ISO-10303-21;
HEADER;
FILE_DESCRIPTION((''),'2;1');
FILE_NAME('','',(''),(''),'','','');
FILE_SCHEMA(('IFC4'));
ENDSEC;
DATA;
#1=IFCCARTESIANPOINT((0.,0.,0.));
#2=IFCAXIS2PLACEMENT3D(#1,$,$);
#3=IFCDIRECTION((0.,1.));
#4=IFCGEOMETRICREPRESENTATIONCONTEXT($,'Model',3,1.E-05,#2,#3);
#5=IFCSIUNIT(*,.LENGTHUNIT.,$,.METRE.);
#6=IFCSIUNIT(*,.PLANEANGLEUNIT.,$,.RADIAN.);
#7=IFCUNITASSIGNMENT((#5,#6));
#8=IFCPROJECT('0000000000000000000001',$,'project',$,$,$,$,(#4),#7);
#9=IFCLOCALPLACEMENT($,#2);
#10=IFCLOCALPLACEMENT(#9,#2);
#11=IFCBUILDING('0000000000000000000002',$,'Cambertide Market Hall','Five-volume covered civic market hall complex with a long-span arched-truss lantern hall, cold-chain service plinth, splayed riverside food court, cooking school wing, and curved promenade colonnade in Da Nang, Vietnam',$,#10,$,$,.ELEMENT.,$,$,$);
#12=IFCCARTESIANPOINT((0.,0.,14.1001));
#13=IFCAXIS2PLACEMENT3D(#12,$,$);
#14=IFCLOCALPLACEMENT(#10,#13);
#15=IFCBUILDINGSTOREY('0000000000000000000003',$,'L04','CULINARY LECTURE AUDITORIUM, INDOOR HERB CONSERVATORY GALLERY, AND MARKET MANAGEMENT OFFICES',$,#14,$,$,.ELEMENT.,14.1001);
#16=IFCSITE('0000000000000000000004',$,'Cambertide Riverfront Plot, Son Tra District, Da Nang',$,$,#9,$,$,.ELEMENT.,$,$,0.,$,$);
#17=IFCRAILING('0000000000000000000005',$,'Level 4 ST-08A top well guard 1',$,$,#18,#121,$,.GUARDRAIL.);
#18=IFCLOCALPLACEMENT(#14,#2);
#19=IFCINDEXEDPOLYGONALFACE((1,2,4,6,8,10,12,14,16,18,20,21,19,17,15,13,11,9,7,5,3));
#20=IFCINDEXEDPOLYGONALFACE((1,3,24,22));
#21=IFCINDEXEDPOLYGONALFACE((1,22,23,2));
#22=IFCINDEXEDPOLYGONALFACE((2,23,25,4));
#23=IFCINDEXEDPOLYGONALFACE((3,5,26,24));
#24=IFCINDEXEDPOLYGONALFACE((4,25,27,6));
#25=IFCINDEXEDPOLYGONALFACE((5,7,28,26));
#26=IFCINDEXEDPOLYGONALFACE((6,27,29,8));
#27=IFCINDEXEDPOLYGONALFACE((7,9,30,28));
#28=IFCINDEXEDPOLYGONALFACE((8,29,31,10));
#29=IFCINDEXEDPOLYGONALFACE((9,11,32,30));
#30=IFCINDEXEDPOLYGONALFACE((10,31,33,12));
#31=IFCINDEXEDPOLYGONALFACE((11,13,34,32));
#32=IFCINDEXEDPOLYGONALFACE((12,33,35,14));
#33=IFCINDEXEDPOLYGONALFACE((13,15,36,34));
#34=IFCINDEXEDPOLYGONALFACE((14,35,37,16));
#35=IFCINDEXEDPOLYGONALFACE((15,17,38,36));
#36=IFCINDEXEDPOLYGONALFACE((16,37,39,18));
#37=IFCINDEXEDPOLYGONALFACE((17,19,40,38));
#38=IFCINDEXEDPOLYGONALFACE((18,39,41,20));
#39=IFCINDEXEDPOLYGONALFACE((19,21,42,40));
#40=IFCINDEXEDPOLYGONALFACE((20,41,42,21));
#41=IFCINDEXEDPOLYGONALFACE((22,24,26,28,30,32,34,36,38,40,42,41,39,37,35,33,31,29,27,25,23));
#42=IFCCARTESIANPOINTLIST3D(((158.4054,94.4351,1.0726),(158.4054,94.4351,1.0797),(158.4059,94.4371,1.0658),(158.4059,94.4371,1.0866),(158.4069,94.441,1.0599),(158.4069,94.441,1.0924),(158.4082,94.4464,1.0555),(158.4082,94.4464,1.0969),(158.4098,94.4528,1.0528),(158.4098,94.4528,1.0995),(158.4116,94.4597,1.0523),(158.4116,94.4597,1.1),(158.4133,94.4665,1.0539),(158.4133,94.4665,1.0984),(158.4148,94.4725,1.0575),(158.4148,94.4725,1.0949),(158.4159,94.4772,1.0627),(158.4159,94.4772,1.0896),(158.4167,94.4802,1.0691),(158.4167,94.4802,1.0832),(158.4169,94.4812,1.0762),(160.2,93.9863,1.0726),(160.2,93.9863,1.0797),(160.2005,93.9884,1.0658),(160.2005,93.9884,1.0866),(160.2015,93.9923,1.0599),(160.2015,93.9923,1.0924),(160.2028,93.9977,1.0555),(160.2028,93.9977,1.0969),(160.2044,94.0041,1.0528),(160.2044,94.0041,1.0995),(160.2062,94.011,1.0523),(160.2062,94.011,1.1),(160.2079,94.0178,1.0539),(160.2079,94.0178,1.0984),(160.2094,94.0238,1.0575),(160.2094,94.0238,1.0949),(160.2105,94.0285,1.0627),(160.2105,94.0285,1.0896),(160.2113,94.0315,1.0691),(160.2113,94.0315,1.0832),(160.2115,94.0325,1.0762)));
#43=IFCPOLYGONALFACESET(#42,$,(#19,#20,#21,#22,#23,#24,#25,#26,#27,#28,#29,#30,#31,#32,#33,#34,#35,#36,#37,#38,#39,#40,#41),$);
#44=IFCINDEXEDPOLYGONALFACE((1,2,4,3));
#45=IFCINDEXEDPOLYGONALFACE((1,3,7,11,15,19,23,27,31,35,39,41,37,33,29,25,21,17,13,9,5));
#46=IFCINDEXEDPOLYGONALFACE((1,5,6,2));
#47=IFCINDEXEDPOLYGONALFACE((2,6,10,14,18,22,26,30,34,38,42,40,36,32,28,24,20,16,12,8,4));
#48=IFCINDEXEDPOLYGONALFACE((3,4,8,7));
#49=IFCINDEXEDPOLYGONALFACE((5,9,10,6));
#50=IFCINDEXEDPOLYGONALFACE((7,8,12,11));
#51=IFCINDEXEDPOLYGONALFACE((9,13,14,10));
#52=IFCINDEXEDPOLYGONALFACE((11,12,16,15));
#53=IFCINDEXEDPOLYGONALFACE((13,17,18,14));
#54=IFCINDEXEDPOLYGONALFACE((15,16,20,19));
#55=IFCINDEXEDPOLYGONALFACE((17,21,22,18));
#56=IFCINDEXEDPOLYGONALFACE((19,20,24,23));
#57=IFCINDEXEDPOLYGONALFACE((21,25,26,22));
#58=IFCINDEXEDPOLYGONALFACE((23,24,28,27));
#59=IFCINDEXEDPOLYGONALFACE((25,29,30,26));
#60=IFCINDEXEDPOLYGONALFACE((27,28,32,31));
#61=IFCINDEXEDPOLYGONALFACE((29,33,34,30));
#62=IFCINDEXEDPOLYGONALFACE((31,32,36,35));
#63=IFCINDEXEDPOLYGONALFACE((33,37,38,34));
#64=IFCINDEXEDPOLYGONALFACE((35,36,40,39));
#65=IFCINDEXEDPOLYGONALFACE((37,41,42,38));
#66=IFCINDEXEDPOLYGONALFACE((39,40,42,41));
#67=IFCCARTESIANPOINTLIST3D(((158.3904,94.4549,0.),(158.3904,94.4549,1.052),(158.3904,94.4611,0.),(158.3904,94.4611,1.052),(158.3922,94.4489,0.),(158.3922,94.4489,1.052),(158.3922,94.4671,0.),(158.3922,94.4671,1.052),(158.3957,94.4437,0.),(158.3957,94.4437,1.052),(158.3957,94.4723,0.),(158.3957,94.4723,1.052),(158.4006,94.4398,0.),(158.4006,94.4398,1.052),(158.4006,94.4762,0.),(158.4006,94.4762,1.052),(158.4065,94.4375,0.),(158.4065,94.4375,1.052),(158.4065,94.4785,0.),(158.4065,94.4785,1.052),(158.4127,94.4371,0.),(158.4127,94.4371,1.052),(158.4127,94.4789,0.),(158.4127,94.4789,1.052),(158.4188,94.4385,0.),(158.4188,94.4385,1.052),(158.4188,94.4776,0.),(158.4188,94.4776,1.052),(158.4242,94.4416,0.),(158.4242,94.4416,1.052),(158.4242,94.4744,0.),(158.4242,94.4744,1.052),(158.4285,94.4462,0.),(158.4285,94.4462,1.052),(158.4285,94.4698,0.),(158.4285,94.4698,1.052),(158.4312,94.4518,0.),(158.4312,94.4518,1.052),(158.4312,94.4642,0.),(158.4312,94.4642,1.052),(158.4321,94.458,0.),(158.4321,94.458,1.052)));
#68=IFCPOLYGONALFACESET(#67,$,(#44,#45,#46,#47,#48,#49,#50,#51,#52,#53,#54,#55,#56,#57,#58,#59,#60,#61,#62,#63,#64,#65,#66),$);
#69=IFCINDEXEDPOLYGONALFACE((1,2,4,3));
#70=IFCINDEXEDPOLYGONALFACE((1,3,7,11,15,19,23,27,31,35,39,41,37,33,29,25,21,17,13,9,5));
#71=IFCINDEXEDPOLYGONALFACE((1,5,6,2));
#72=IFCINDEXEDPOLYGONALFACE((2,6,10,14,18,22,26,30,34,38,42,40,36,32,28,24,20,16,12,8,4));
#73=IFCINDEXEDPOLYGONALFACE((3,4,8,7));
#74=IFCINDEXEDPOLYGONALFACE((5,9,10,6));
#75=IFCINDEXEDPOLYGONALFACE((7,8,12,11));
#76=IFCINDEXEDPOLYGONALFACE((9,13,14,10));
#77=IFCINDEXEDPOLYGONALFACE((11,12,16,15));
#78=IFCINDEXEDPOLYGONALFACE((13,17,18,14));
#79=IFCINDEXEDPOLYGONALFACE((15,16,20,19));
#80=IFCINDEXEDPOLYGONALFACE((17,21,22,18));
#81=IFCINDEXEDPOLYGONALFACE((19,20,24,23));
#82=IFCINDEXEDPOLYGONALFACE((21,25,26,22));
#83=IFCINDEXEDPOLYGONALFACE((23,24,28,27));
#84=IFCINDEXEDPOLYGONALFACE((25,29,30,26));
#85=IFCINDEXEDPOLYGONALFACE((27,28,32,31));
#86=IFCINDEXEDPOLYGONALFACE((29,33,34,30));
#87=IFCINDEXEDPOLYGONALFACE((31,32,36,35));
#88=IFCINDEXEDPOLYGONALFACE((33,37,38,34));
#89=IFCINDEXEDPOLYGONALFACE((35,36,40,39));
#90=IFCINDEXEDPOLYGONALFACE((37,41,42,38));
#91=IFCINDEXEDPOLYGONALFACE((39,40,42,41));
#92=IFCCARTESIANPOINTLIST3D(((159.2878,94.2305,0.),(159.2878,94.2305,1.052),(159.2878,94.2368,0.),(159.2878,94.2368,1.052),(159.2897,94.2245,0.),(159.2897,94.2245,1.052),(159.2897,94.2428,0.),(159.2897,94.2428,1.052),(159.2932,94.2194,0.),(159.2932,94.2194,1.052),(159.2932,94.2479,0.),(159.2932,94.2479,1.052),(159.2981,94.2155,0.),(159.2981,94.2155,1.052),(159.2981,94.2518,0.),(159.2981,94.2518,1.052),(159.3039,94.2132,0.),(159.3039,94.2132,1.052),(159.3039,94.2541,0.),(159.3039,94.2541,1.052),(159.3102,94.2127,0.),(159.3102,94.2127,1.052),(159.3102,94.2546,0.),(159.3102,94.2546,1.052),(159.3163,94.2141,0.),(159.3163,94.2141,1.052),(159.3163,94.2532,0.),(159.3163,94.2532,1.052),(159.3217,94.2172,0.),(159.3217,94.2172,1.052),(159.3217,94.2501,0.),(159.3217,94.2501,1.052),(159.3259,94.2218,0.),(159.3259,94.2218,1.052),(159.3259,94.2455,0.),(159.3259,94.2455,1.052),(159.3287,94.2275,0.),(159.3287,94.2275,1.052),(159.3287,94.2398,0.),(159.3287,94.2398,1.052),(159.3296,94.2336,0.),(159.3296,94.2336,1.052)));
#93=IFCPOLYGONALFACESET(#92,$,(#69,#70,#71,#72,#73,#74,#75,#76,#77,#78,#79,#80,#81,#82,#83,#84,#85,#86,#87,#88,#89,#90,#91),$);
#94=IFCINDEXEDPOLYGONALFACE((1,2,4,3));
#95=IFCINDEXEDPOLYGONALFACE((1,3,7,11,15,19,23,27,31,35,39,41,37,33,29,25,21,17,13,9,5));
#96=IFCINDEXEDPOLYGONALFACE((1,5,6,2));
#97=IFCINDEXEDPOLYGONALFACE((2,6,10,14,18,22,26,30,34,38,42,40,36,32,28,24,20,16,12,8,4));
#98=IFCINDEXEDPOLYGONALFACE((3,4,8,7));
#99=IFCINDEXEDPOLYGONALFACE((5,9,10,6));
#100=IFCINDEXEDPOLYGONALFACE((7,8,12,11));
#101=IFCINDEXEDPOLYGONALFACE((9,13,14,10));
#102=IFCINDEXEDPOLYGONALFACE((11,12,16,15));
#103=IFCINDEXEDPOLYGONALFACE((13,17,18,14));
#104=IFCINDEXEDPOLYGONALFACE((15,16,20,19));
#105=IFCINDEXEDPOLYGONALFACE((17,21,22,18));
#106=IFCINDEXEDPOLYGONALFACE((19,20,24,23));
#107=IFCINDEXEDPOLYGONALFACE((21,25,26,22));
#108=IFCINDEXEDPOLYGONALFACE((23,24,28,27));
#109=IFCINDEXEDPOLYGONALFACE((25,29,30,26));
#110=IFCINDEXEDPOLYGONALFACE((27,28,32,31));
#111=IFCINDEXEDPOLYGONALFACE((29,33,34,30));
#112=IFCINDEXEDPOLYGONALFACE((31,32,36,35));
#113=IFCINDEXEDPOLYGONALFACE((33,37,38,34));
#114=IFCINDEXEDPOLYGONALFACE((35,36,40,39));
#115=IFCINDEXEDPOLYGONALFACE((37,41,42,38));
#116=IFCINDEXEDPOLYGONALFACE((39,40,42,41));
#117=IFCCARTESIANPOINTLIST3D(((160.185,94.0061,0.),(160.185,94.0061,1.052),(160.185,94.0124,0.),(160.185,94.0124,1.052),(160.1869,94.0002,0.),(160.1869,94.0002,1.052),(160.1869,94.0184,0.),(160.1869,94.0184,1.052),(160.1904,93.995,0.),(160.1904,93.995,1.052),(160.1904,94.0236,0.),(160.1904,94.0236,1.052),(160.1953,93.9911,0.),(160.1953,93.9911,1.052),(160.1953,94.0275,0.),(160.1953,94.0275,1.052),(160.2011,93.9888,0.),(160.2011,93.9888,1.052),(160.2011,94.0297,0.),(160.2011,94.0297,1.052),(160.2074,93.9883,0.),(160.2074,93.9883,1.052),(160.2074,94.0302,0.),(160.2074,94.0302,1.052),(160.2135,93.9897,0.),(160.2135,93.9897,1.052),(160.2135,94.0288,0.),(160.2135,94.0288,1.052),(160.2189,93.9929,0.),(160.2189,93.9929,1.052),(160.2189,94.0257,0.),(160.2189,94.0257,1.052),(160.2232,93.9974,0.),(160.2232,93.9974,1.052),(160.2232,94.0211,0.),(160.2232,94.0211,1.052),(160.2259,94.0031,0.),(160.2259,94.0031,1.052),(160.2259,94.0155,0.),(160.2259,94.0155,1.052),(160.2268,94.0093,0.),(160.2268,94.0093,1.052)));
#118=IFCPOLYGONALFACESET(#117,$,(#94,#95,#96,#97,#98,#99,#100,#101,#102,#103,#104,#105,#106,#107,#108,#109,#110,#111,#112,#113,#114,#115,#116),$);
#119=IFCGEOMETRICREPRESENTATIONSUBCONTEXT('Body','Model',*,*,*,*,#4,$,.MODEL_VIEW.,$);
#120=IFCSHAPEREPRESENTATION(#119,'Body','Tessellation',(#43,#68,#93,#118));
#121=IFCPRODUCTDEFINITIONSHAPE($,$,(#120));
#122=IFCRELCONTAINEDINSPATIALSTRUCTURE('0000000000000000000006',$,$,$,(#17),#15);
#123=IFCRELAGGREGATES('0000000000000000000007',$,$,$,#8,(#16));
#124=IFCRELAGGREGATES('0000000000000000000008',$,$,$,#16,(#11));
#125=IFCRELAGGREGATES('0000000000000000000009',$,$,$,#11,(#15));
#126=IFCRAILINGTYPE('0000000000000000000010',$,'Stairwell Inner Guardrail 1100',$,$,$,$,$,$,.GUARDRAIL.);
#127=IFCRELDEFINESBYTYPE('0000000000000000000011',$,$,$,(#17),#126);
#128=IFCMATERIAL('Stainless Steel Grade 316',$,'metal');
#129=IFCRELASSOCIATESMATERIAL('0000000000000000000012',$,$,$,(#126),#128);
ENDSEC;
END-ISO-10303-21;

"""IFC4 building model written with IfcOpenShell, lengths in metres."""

from ifc_helpers import new_model, si_unit, direction, frame, origin, origin_2d, place, context, subcontext, project, spatial, circle, extrude, material, type_object, element, save


model = new_model("IFC4")

# Units and contexts
model_context = context("Model", 3, precision=1e-05, world=origin(), true_north=direction((0.0, 1.0)))
body_context = subcontext(model_context, "Body", "Model", "MODEL_VIEW")
ifc_project = project(units=[si_unit("LENGTHUNIT", "METRE"), si_unit("PLANEANGLEUNIT", "RADIAN")], contexts=[model_context])

# Site, building, storey
site_placement = place(None, origin())
site = spatial("IfcSite", under=ifc_project, at=site_placement, Name="Cambertide Riverfront Plot, Son Tra District, Da Nang", CompositionType="ELEMENT", RefElevation=0.0)
building_placement = place(site_placement, origin())
building = spatial("IfcBuilding", under=site, at=building_placement, Name="Cambertide Market Hall", Description="Five-volume covered civic market hall complex with a long-span arched-truss lantern hall, cold-chain service plinth, splayed riverside food court, cooking school wing, and curved promenade colonnade in Da Nang, Vietnam", CompositionType="ELEMENT")
storey_placement = place(building_placement, frame((0.0, 0.0, 14.1001)))
storey = spatial("IfcBuildingStorey", under=building, at=storey_placement, Name="L04", Description="CULINARY LECTURE AUDITORIUM, INDOOR HERB CONSERVATORY GALLERY, AND MARKET MANAGEMENT OFFICES", CompositionType="ELEMENT", Elevation=14.1001)

# Railing
ifc_material_1 = material(Name="Stainless Steel Grade 316", Category="metal")
railing_type = type_object("IfcRailingType", Name="Stairwell Inner Guardrail 1100", PredefinedType="GUARDRAIL", material=ifc_material_1)
railing_placement = place(storey_placement, frame((158.4111, 94.458, 0.0)))
element("IfcRailing", 1, at=railing_placement, inside=storey, type_object=railing_type, Name="Level 4 ST-08A top well guard 1", PredefinedType="GUARDRAIL", context=body_context, shape_type="SweptSolid", body=[
    extrude(circle(Radius=0.0239, at=origin_2d()), frame((0.0, 0.0, 1.0762), z_axis=(0.970135, -0.242567, 0.0), x_axis=(0.242567, 0.970135, 0.0)), (0.0, 0.0, 1.0), 1.8499),
    extrude(circle(Radius=0.021, at=origin_2d()), origin(), (0.0, 0.0, 1.0), 1.052),
    extrude(circle(Radius=0.021, at=origin_2d()), frame((0.8975, -0.2244, 0.0)), (0.0, 0.0, 1.0), 1.052),
    extrude(circle(Radius=0.021, at=origin_2d()), frame((1.7947, -0.4487, 0.0)), (0.0, 0.0, 1.0), 1.052),
])

save(model, "model.ifc")
